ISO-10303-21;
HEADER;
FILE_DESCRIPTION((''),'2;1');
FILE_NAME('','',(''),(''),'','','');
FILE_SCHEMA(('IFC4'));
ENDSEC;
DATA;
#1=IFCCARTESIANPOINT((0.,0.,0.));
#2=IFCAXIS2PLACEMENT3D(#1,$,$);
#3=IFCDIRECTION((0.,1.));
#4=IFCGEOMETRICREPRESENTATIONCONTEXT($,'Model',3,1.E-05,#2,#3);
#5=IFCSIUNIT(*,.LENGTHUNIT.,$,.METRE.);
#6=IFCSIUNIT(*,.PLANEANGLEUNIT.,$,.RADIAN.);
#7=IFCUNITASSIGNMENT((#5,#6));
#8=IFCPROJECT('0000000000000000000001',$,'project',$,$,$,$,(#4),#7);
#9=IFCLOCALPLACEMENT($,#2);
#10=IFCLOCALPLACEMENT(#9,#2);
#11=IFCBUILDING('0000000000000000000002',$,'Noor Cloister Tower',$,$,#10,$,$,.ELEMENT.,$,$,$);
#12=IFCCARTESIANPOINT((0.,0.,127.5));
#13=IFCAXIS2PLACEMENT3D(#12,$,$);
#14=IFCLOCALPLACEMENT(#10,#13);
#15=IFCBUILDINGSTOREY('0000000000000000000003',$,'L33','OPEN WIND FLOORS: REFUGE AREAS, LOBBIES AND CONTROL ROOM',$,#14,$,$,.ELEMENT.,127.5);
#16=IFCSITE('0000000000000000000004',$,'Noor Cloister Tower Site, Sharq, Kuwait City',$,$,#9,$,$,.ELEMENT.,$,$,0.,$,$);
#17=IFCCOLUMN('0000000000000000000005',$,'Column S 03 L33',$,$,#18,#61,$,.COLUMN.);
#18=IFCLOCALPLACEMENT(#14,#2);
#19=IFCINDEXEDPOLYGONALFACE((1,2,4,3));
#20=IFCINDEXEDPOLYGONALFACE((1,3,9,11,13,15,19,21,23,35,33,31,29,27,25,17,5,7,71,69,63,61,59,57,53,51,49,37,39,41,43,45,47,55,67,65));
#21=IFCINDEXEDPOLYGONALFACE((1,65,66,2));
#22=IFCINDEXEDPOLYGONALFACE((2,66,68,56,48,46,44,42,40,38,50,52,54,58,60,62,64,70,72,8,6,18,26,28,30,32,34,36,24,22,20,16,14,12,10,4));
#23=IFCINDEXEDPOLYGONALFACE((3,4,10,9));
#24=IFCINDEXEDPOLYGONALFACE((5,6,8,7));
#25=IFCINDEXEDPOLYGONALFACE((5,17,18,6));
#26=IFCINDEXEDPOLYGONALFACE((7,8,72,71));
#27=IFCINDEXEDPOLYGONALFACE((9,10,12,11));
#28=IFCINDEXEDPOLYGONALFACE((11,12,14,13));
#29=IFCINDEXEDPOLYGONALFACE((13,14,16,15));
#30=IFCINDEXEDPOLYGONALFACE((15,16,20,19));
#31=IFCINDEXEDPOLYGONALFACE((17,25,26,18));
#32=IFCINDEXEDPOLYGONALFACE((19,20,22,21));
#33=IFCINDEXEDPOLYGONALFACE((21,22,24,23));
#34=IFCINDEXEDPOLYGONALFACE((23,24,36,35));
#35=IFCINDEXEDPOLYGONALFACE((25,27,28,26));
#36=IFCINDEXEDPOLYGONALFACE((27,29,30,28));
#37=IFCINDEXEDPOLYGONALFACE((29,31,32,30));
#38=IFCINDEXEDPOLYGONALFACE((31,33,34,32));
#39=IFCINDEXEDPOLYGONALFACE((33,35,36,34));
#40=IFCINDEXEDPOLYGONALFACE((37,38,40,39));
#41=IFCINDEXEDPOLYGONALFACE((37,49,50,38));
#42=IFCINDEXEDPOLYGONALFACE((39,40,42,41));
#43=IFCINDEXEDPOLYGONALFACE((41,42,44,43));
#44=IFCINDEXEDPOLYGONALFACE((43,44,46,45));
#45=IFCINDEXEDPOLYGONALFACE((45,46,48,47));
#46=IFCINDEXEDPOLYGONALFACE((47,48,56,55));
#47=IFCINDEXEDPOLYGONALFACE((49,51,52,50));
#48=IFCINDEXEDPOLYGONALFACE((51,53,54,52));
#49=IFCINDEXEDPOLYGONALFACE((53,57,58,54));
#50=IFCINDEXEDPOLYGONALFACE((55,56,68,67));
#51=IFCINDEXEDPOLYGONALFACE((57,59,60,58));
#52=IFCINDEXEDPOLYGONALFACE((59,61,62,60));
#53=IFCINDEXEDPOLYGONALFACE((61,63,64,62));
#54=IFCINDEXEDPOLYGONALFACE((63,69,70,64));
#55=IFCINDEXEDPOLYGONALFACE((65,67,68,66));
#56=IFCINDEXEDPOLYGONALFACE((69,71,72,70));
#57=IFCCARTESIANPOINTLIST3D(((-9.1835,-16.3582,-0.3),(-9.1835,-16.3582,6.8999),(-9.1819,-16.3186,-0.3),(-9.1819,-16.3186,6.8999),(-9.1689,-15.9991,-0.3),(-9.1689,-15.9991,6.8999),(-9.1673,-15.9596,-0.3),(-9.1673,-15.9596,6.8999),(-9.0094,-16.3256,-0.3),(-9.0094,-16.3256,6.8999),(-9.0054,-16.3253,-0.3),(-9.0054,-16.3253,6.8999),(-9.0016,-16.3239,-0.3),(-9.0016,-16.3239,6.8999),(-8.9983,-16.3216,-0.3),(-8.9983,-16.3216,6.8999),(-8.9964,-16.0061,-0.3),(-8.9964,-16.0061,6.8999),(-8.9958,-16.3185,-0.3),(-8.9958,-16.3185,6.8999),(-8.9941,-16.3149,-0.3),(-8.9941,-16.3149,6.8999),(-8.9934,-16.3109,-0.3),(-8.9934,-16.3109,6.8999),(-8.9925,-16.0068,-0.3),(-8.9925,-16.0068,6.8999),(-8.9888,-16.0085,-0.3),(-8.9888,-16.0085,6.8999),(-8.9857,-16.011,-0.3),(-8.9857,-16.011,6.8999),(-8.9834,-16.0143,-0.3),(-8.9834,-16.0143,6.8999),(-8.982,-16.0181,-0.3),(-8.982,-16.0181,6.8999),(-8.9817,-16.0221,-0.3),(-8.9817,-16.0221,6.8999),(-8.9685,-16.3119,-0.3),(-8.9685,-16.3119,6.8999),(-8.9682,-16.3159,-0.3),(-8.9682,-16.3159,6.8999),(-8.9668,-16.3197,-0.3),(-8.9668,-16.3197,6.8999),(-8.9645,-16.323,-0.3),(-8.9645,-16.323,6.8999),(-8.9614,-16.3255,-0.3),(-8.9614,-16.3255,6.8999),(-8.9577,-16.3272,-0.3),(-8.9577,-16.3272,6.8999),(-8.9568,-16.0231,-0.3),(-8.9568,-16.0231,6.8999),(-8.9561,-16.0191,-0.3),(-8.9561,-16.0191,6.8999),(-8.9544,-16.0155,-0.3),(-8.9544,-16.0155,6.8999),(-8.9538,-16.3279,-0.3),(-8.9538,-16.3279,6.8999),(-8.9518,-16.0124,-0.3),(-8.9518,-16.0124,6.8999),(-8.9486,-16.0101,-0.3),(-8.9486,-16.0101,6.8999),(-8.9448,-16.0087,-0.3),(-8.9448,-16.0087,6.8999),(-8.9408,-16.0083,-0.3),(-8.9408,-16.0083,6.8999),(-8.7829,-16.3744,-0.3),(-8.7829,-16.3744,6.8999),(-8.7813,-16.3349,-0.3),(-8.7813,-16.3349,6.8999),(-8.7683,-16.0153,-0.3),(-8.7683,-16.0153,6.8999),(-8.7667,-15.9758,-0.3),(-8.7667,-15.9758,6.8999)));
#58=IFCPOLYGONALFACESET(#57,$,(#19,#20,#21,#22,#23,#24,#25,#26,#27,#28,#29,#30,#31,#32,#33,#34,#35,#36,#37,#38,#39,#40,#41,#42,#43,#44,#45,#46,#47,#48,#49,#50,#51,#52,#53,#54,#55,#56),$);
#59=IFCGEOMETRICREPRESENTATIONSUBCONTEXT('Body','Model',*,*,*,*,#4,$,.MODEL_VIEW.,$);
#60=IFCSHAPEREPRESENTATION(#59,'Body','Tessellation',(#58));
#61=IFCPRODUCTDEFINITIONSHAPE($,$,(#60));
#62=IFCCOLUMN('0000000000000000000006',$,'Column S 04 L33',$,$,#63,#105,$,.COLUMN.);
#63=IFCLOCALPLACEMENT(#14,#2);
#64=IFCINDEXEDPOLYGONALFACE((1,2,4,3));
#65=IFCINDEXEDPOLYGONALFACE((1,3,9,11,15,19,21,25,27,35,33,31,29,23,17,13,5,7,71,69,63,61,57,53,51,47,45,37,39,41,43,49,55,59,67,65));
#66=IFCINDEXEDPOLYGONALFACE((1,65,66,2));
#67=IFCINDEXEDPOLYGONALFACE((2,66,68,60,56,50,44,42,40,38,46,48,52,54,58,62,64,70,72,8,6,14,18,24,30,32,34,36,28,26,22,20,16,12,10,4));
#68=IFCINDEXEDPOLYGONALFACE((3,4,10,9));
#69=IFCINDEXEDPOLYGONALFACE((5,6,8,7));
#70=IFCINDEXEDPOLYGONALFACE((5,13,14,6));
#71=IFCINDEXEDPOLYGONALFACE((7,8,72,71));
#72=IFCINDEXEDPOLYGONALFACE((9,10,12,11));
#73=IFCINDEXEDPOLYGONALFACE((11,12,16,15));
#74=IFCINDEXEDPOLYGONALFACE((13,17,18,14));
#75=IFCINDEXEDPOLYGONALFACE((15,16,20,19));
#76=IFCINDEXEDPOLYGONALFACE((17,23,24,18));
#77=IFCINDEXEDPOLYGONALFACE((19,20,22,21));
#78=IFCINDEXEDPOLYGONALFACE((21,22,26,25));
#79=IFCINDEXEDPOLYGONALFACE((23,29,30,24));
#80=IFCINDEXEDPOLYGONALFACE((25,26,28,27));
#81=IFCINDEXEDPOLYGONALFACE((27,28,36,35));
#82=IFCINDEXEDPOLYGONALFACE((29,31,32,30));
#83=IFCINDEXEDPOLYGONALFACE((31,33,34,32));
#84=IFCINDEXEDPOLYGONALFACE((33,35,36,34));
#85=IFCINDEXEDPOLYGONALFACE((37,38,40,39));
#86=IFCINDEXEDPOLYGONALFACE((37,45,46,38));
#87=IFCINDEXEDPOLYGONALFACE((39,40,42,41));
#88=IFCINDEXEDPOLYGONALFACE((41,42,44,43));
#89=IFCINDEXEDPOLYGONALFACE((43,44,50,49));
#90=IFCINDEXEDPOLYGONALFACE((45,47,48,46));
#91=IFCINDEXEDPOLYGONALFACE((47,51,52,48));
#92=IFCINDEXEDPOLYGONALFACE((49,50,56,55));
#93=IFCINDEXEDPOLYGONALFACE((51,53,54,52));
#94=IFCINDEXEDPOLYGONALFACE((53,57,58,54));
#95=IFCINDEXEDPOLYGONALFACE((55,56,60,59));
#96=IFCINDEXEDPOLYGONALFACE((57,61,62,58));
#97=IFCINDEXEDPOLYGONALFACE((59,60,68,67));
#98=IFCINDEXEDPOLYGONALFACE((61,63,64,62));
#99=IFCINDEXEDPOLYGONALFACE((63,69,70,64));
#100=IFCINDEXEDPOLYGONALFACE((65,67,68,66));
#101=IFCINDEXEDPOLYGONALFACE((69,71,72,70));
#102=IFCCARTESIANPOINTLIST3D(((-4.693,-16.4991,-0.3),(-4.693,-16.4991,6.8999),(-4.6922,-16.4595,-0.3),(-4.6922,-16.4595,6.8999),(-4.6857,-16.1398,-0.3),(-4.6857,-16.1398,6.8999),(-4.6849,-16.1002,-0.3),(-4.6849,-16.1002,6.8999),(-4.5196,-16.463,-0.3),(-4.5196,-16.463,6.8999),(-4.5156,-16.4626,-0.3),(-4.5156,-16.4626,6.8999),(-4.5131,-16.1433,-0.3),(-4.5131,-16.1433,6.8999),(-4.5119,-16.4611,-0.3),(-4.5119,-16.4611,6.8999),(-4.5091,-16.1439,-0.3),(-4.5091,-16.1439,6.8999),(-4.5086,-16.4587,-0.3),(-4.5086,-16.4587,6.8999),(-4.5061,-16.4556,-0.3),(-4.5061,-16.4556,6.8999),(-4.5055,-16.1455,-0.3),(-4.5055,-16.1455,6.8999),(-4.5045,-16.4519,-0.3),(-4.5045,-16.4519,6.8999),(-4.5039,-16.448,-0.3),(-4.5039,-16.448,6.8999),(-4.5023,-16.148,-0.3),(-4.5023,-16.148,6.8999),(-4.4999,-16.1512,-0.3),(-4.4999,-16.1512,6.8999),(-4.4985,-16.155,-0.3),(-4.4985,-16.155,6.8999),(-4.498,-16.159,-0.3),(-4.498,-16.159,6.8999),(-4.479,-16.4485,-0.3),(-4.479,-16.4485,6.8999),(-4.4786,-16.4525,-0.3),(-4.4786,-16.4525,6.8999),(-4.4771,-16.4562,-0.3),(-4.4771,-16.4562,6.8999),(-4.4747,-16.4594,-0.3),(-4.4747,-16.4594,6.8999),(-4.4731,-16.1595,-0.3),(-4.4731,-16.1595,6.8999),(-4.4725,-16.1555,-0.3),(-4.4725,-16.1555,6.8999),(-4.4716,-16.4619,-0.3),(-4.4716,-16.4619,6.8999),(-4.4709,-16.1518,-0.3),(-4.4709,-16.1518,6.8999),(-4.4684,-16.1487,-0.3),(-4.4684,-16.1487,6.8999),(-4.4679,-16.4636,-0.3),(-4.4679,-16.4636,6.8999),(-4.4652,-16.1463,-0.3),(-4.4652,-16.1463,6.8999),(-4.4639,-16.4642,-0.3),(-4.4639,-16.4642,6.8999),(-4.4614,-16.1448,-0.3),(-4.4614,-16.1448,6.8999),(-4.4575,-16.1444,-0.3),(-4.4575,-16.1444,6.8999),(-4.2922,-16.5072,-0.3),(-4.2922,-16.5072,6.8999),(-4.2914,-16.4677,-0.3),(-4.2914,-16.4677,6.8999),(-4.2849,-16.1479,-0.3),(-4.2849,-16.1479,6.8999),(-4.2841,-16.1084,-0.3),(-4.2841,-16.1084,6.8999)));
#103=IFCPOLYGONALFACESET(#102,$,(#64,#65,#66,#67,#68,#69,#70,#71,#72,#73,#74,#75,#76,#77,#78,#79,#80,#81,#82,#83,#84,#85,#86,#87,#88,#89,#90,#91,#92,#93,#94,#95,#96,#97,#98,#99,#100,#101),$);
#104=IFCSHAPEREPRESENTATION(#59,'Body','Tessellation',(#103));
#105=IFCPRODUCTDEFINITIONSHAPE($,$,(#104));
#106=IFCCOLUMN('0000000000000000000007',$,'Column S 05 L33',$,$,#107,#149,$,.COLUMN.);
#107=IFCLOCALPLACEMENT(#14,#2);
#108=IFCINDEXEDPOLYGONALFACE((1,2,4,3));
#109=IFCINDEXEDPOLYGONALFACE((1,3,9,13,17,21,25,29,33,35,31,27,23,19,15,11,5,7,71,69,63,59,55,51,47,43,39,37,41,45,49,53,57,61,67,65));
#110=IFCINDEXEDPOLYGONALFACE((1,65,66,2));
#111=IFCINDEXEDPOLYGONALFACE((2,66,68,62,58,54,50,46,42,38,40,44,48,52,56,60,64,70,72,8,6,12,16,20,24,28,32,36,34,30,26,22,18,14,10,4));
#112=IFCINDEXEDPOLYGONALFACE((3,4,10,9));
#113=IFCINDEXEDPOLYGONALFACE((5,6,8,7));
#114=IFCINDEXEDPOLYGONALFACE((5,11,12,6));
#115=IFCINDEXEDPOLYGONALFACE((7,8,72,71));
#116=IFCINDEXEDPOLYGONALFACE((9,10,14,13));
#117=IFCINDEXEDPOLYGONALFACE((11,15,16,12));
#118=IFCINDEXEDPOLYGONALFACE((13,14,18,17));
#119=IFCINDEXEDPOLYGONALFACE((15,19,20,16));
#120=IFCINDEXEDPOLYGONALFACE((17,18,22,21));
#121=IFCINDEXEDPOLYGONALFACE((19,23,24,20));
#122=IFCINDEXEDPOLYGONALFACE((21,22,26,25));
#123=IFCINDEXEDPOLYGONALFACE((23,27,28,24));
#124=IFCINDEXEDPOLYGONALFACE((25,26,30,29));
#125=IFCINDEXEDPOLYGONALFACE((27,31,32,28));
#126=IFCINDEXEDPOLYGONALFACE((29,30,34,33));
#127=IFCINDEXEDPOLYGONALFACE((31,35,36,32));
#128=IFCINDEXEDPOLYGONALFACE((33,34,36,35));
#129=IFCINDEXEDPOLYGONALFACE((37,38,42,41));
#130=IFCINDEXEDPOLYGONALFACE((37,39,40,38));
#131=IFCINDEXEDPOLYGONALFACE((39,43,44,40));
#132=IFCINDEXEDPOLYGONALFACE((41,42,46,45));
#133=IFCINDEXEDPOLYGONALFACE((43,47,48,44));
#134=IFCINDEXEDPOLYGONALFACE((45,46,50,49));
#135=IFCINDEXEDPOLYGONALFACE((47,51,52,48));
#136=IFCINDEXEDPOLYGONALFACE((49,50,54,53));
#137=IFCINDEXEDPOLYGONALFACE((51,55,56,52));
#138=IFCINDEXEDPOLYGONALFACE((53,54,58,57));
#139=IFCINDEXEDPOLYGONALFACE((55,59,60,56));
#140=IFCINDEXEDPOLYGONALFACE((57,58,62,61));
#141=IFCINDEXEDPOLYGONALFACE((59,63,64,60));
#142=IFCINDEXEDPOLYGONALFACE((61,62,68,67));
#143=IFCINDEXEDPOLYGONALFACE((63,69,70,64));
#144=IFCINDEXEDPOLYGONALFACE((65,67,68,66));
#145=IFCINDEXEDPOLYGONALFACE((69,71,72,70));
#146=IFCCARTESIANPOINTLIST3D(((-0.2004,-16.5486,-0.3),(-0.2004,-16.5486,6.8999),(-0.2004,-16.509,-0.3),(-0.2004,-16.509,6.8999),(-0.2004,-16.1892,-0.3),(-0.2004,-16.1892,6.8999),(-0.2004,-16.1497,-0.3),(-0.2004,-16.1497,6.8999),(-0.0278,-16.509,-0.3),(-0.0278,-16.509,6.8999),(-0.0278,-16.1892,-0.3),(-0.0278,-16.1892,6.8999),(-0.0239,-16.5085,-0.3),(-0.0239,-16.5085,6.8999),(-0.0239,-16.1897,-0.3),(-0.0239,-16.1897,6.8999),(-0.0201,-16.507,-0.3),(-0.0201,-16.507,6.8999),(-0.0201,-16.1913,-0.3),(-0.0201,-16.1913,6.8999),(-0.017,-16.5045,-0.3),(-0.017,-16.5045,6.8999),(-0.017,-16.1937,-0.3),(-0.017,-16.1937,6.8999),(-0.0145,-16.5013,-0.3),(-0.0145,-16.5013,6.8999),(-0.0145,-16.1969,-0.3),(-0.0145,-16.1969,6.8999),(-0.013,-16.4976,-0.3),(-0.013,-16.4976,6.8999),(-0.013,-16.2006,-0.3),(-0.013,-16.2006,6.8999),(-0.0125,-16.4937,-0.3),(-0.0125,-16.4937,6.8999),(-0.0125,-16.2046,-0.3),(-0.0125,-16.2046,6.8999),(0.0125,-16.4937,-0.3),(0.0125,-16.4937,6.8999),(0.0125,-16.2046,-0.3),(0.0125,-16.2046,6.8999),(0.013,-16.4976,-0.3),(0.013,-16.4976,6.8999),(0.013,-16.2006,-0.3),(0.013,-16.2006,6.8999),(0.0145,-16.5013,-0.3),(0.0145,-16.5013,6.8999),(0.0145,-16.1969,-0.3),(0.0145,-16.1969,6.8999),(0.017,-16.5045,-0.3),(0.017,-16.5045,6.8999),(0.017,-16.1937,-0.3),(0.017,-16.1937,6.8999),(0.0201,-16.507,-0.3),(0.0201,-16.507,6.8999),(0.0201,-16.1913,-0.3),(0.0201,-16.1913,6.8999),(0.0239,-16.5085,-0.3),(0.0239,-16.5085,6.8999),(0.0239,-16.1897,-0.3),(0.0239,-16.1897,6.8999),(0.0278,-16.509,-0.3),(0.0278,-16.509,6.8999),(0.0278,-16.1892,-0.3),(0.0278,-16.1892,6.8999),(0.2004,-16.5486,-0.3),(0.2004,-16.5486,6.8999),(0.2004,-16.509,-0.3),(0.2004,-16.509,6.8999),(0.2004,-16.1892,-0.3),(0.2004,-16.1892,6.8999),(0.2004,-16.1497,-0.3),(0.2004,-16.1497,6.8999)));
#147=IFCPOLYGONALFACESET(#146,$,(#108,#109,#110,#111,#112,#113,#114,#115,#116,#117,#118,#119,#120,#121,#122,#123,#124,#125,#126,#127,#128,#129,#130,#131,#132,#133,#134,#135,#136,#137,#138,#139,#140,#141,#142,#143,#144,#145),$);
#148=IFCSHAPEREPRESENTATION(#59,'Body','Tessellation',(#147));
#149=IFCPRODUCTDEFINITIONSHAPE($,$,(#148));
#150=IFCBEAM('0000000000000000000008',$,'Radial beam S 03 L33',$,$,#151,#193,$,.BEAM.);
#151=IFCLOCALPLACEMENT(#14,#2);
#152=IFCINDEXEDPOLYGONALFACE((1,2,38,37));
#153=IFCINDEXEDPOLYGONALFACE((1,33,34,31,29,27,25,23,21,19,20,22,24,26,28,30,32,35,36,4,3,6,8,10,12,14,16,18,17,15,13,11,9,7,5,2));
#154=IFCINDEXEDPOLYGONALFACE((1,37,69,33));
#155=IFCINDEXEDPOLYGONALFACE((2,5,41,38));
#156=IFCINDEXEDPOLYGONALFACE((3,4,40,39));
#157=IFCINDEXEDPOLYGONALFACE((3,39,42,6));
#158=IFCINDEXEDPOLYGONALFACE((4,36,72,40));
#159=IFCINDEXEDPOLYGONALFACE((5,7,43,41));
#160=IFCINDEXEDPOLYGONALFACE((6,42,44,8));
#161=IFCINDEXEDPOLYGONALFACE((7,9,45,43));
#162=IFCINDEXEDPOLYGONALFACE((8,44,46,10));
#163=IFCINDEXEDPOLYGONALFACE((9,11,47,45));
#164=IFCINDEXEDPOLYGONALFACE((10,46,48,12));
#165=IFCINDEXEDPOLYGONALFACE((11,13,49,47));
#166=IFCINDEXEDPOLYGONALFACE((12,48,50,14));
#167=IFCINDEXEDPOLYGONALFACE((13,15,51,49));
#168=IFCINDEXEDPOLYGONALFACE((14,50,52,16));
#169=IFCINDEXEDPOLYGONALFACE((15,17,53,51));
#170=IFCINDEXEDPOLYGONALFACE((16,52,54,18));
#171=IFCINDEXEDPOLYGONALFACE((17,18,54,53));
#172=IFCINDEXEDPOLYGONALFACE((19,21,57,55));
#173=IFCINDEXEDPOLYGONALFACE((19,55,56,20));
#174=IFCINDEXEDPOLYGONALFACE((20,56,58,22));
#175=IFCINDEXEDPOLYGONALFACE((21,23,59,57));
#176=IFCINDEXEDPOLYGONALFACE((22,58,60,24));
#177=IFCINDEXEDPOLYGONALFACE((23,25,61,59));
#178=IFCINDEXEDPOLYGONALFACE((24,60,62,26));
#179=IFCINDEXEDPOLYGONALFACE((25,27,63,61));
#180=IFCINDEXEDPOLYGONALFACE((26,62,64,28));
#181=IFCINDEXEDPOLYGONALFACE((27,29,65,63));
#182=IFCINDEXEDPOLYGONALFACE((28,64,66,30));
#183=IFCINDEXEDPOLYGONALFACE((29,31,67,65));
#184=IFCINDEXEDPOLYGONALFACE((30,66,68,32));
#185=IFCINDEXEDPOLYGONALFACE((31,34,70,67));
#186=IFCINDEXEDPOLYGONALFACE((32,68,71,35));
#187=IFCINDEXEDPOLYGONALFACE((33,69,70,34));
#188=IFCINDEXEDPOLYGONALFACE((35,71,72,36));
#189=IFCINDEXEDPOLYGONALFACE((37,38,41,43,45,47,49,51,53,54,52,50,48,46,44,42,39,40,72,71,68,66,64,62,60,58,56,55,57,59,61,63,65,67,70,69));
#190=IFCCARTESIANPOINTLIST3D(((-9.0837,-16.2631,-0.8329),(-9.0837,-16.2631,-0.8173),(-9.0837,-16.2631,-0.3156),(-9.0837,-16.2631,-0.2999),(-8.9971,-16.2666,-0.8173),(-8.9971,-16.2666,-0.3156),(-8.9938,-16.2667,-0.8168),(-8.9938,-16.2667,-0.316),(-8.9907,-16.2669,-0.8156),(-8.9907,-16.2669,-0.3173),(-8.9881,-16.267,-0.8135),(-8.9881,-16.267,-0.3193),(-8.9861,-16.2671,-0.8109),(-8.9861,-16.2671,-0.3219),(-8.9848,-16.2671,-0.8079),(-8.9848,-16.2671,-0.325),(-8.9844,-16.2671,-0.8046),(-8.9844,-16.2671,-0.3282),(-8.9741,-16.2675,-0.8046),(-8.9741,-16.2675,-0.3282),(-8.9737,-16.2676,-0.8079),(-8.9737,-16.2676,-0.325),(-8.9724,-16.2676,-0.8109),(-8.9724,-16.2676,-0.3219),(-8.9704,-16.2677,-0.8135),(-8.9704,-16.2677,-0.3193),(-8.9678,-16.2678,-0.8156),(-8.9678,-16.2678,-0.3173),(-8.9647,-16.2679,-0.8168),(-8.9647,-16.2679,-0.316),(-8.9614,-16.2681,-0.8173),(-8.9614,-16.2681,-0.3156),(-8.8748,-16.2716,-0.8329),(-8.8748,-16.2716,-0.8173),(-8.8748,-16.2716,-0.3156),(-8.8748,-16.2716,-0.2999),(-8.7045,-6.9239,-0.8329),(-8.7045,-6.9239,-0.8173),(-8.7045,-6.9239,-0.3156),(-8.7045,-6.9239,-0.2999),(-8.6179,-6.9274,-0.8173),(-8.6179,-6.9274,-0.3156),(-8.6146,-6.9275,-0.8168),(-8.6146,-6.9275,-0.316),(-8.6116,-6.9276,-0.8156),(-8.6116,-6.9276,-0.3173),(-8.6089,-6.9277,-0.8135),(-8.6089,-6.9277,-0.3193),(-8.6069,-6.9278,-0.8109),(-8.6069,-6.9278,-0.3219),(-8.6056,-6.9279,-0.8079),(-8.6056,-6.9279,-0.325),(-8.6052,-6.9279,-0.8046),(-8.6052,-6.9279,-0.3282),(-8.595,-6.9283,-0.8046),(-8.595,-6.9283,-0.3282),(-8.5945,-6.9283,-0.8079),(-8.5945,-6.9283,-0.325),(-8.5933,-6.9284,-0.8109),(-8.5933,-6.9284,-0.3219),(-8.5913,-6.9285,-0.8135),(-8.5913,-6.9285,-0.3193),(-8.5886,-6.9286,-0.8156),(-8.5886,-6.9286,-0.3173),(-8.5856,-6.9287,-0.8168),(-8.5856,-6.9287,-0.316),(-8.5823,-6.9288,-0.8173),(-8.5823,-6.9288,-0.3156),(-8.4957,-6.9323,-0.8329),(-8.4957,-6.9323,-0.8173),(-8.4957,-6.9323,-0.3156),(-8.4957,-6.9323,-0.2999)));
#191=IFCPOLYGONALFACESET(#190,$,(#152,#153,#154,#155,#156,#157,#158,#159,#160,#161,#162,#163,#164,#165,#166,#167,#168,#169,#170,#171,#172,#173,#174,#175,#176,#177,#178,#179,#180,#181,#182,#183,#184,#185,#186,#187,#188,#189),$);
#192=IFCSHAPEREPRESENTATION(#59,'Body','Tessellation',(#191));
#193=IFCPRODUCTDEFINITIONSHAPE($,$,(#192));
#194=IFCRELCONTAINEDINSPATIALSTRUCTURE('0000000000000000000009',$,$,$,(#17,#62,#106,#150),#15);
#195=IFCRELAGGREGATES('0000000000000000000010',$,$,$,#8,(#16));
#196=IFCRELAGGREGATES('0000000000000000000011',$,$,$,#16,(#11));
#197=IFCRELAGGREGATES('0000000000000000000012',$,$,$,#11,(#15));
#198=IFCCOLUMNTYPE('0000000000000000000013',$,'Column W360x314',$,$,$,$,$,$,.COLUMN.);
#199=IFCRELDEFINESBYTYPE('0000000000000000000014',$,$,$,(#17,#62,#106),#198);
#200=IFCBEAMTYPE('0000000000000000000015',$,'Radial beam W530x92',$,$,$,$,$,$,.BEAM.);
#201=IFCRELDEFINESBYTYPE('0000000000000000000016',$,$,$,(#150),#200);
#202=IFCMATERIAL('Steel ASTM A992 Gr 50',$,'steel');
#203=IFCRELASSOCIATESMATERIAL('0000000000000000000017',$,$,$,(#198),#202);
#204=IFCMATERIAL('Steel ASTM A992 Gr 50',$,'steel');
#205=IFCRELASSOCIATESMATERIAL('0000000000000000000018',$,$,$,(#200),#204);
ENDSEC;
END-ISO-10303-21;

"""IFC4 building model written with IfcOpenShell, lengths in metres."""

from ifc_helpers import new_model, si_unit, direction, frame, origin, origin_2d, place, context, subcontext, project, spatial, i_section, extrude, material, material_profile, profile_set, type_object, element, save


model = new_model("IFC4")

# Units and contexts
model_context = context("Model", 3, precision=1e-05, world=origin(), true_north=direction((0.0, 1.0)))
body_context = subcontext(model_context, "Body", "Model", "MODEL_VIEW")
ifc_project = project(units=[si_unit("LENGTHUNIT", "METRE"), si_unit("PLANEANGLEUNIT", "RADIAN")], contexts=[model_context])

# Site, building, storey
site_placement = place(None, origin())
site = spatial("IfcSite", under=ifc_project, at=site_placement, Name="Noor Cloister Tower Site, Sharq, Kuwait City", CompositionType="ELEMENT", RefElevation=0.0)
building_placement = place(site_placement, origin())
building = spatial("IfcBuilding", under=site, at=building_placement, Name="Noor Cloister Tower", CompositionType="ELEMENT")
storey_placement = place(building_placement, frame((0.0, 0.0, 127.5)))
storey = spatial("IfcBuildingStorey", under=building, at=storey_placement, Name="L33", Description="OPEN WIND FLOORS: REFUGE AREAS, LOBBIES AND CONTROL ROOM", CompositionType="ELEMENT", Elevation=127.5)

# Columns
ifc_material_1 = material(Name="Steel ASTM A992 Gr 50", Category="steel")
ifc_material_profile_1 = material_profile(ifc_material_1, i_section(OverallWidth=0.4009, OverallDepth=0.3989, WebThickness=0.0249, FlangeThickness=0.0396, FilletRadius=0.0154, at=origin_2d()), Name="W360x314")
ifc_profile_set_1 = profile_set([ifc_material_profile_1], Name="Steel ASTM A992 Gr 50")
column_type = type_object("IfcColumnType", Name="Column W360x314", PredefinedType="COLUMN", material=ifc_profile_set_1)
for number, where, z_axis, x_axis, name in (
    (1, (-8.9751, -16.167, -0.3), (0.0, 0.0, 1.0), (0.999176, -0.040578, 0.0), "Column S 03 L33"),
    (2, (-4.4885, -16.3037, -0.3), (0.0, 0.0, 1.0), (0.999794, -0.020293, 0.0), "Column S 04 L33"),
    (3, (0.0, -16.3491, -0.3), (0.0, 0.0, 1.0), (1.0, 0.0, 0.0), "Column S 05 L33"),
):
    element("IfcColumn", number, at=place(storey_placement, frame(where, z_axis=z_axis, x_axis=x_axis)), inside=storey, type_object=column_type, Name=name, PredefinedType="COLUMN", context=body_context, shape_type="SweptSolid", body=[
        extrude(i_section(OverallWidth=0.4009, OverallDepth=0.3989, WebThickness=0.0249, FlangeThickness=0.0396, FilletRadius=0.0154, at=origin_2d()), origin(), (0.0, 0.0, 1.0), 7.2),
    ])

# Beam
ifc_material_2 = material(Name="Steel ASTM A992 Gr 50", Category="steel")
ifc_material_profile_2 = material_profile(ifc_material_2, i_section(OverallWidth=0.209, OverallDepth=0.533, WebThickness=0.0103, FlangeThickness=0.0156, FilletRadius=0.0127, at=origin_2d()), Name="W530x92")
ifc_profile_set_2 = profile_set([ifc_material_profile_2], Name="Steel ASTM A992 Gr 50")
beam_type_1 = type_object("IfcBeamType", Name="Radial beam W530x92", PredefinedType="BEAM", material=ifc_profile_set_2)
beam_1_placement = place(storey_placement, frame((-8.9792, -16.2673, -0.5664), z_axis=(0.040565, 0.999177, 0.0), x_axis=(-0.999177, 0.040565, 0.0)))
element("IfcBeam", 4, at=beam_1_placement, inside=storey, type_object=beam_type_1, Name="Radial beam S 03 L33", PredefinedType="BEAM", context=body_context, shape_type="SweptSolid", body=[
    extrude(i_section(OverallWidth=0.209, OverallDepth=0.533, WebThickness=0.0103, FlangeThickness=0.0156, FilletRadius=0.0127, at=origin_2d()), origin(), (0.0, 0.0, 1.0), 9.3469),
])

save(model, "model.ifc")
